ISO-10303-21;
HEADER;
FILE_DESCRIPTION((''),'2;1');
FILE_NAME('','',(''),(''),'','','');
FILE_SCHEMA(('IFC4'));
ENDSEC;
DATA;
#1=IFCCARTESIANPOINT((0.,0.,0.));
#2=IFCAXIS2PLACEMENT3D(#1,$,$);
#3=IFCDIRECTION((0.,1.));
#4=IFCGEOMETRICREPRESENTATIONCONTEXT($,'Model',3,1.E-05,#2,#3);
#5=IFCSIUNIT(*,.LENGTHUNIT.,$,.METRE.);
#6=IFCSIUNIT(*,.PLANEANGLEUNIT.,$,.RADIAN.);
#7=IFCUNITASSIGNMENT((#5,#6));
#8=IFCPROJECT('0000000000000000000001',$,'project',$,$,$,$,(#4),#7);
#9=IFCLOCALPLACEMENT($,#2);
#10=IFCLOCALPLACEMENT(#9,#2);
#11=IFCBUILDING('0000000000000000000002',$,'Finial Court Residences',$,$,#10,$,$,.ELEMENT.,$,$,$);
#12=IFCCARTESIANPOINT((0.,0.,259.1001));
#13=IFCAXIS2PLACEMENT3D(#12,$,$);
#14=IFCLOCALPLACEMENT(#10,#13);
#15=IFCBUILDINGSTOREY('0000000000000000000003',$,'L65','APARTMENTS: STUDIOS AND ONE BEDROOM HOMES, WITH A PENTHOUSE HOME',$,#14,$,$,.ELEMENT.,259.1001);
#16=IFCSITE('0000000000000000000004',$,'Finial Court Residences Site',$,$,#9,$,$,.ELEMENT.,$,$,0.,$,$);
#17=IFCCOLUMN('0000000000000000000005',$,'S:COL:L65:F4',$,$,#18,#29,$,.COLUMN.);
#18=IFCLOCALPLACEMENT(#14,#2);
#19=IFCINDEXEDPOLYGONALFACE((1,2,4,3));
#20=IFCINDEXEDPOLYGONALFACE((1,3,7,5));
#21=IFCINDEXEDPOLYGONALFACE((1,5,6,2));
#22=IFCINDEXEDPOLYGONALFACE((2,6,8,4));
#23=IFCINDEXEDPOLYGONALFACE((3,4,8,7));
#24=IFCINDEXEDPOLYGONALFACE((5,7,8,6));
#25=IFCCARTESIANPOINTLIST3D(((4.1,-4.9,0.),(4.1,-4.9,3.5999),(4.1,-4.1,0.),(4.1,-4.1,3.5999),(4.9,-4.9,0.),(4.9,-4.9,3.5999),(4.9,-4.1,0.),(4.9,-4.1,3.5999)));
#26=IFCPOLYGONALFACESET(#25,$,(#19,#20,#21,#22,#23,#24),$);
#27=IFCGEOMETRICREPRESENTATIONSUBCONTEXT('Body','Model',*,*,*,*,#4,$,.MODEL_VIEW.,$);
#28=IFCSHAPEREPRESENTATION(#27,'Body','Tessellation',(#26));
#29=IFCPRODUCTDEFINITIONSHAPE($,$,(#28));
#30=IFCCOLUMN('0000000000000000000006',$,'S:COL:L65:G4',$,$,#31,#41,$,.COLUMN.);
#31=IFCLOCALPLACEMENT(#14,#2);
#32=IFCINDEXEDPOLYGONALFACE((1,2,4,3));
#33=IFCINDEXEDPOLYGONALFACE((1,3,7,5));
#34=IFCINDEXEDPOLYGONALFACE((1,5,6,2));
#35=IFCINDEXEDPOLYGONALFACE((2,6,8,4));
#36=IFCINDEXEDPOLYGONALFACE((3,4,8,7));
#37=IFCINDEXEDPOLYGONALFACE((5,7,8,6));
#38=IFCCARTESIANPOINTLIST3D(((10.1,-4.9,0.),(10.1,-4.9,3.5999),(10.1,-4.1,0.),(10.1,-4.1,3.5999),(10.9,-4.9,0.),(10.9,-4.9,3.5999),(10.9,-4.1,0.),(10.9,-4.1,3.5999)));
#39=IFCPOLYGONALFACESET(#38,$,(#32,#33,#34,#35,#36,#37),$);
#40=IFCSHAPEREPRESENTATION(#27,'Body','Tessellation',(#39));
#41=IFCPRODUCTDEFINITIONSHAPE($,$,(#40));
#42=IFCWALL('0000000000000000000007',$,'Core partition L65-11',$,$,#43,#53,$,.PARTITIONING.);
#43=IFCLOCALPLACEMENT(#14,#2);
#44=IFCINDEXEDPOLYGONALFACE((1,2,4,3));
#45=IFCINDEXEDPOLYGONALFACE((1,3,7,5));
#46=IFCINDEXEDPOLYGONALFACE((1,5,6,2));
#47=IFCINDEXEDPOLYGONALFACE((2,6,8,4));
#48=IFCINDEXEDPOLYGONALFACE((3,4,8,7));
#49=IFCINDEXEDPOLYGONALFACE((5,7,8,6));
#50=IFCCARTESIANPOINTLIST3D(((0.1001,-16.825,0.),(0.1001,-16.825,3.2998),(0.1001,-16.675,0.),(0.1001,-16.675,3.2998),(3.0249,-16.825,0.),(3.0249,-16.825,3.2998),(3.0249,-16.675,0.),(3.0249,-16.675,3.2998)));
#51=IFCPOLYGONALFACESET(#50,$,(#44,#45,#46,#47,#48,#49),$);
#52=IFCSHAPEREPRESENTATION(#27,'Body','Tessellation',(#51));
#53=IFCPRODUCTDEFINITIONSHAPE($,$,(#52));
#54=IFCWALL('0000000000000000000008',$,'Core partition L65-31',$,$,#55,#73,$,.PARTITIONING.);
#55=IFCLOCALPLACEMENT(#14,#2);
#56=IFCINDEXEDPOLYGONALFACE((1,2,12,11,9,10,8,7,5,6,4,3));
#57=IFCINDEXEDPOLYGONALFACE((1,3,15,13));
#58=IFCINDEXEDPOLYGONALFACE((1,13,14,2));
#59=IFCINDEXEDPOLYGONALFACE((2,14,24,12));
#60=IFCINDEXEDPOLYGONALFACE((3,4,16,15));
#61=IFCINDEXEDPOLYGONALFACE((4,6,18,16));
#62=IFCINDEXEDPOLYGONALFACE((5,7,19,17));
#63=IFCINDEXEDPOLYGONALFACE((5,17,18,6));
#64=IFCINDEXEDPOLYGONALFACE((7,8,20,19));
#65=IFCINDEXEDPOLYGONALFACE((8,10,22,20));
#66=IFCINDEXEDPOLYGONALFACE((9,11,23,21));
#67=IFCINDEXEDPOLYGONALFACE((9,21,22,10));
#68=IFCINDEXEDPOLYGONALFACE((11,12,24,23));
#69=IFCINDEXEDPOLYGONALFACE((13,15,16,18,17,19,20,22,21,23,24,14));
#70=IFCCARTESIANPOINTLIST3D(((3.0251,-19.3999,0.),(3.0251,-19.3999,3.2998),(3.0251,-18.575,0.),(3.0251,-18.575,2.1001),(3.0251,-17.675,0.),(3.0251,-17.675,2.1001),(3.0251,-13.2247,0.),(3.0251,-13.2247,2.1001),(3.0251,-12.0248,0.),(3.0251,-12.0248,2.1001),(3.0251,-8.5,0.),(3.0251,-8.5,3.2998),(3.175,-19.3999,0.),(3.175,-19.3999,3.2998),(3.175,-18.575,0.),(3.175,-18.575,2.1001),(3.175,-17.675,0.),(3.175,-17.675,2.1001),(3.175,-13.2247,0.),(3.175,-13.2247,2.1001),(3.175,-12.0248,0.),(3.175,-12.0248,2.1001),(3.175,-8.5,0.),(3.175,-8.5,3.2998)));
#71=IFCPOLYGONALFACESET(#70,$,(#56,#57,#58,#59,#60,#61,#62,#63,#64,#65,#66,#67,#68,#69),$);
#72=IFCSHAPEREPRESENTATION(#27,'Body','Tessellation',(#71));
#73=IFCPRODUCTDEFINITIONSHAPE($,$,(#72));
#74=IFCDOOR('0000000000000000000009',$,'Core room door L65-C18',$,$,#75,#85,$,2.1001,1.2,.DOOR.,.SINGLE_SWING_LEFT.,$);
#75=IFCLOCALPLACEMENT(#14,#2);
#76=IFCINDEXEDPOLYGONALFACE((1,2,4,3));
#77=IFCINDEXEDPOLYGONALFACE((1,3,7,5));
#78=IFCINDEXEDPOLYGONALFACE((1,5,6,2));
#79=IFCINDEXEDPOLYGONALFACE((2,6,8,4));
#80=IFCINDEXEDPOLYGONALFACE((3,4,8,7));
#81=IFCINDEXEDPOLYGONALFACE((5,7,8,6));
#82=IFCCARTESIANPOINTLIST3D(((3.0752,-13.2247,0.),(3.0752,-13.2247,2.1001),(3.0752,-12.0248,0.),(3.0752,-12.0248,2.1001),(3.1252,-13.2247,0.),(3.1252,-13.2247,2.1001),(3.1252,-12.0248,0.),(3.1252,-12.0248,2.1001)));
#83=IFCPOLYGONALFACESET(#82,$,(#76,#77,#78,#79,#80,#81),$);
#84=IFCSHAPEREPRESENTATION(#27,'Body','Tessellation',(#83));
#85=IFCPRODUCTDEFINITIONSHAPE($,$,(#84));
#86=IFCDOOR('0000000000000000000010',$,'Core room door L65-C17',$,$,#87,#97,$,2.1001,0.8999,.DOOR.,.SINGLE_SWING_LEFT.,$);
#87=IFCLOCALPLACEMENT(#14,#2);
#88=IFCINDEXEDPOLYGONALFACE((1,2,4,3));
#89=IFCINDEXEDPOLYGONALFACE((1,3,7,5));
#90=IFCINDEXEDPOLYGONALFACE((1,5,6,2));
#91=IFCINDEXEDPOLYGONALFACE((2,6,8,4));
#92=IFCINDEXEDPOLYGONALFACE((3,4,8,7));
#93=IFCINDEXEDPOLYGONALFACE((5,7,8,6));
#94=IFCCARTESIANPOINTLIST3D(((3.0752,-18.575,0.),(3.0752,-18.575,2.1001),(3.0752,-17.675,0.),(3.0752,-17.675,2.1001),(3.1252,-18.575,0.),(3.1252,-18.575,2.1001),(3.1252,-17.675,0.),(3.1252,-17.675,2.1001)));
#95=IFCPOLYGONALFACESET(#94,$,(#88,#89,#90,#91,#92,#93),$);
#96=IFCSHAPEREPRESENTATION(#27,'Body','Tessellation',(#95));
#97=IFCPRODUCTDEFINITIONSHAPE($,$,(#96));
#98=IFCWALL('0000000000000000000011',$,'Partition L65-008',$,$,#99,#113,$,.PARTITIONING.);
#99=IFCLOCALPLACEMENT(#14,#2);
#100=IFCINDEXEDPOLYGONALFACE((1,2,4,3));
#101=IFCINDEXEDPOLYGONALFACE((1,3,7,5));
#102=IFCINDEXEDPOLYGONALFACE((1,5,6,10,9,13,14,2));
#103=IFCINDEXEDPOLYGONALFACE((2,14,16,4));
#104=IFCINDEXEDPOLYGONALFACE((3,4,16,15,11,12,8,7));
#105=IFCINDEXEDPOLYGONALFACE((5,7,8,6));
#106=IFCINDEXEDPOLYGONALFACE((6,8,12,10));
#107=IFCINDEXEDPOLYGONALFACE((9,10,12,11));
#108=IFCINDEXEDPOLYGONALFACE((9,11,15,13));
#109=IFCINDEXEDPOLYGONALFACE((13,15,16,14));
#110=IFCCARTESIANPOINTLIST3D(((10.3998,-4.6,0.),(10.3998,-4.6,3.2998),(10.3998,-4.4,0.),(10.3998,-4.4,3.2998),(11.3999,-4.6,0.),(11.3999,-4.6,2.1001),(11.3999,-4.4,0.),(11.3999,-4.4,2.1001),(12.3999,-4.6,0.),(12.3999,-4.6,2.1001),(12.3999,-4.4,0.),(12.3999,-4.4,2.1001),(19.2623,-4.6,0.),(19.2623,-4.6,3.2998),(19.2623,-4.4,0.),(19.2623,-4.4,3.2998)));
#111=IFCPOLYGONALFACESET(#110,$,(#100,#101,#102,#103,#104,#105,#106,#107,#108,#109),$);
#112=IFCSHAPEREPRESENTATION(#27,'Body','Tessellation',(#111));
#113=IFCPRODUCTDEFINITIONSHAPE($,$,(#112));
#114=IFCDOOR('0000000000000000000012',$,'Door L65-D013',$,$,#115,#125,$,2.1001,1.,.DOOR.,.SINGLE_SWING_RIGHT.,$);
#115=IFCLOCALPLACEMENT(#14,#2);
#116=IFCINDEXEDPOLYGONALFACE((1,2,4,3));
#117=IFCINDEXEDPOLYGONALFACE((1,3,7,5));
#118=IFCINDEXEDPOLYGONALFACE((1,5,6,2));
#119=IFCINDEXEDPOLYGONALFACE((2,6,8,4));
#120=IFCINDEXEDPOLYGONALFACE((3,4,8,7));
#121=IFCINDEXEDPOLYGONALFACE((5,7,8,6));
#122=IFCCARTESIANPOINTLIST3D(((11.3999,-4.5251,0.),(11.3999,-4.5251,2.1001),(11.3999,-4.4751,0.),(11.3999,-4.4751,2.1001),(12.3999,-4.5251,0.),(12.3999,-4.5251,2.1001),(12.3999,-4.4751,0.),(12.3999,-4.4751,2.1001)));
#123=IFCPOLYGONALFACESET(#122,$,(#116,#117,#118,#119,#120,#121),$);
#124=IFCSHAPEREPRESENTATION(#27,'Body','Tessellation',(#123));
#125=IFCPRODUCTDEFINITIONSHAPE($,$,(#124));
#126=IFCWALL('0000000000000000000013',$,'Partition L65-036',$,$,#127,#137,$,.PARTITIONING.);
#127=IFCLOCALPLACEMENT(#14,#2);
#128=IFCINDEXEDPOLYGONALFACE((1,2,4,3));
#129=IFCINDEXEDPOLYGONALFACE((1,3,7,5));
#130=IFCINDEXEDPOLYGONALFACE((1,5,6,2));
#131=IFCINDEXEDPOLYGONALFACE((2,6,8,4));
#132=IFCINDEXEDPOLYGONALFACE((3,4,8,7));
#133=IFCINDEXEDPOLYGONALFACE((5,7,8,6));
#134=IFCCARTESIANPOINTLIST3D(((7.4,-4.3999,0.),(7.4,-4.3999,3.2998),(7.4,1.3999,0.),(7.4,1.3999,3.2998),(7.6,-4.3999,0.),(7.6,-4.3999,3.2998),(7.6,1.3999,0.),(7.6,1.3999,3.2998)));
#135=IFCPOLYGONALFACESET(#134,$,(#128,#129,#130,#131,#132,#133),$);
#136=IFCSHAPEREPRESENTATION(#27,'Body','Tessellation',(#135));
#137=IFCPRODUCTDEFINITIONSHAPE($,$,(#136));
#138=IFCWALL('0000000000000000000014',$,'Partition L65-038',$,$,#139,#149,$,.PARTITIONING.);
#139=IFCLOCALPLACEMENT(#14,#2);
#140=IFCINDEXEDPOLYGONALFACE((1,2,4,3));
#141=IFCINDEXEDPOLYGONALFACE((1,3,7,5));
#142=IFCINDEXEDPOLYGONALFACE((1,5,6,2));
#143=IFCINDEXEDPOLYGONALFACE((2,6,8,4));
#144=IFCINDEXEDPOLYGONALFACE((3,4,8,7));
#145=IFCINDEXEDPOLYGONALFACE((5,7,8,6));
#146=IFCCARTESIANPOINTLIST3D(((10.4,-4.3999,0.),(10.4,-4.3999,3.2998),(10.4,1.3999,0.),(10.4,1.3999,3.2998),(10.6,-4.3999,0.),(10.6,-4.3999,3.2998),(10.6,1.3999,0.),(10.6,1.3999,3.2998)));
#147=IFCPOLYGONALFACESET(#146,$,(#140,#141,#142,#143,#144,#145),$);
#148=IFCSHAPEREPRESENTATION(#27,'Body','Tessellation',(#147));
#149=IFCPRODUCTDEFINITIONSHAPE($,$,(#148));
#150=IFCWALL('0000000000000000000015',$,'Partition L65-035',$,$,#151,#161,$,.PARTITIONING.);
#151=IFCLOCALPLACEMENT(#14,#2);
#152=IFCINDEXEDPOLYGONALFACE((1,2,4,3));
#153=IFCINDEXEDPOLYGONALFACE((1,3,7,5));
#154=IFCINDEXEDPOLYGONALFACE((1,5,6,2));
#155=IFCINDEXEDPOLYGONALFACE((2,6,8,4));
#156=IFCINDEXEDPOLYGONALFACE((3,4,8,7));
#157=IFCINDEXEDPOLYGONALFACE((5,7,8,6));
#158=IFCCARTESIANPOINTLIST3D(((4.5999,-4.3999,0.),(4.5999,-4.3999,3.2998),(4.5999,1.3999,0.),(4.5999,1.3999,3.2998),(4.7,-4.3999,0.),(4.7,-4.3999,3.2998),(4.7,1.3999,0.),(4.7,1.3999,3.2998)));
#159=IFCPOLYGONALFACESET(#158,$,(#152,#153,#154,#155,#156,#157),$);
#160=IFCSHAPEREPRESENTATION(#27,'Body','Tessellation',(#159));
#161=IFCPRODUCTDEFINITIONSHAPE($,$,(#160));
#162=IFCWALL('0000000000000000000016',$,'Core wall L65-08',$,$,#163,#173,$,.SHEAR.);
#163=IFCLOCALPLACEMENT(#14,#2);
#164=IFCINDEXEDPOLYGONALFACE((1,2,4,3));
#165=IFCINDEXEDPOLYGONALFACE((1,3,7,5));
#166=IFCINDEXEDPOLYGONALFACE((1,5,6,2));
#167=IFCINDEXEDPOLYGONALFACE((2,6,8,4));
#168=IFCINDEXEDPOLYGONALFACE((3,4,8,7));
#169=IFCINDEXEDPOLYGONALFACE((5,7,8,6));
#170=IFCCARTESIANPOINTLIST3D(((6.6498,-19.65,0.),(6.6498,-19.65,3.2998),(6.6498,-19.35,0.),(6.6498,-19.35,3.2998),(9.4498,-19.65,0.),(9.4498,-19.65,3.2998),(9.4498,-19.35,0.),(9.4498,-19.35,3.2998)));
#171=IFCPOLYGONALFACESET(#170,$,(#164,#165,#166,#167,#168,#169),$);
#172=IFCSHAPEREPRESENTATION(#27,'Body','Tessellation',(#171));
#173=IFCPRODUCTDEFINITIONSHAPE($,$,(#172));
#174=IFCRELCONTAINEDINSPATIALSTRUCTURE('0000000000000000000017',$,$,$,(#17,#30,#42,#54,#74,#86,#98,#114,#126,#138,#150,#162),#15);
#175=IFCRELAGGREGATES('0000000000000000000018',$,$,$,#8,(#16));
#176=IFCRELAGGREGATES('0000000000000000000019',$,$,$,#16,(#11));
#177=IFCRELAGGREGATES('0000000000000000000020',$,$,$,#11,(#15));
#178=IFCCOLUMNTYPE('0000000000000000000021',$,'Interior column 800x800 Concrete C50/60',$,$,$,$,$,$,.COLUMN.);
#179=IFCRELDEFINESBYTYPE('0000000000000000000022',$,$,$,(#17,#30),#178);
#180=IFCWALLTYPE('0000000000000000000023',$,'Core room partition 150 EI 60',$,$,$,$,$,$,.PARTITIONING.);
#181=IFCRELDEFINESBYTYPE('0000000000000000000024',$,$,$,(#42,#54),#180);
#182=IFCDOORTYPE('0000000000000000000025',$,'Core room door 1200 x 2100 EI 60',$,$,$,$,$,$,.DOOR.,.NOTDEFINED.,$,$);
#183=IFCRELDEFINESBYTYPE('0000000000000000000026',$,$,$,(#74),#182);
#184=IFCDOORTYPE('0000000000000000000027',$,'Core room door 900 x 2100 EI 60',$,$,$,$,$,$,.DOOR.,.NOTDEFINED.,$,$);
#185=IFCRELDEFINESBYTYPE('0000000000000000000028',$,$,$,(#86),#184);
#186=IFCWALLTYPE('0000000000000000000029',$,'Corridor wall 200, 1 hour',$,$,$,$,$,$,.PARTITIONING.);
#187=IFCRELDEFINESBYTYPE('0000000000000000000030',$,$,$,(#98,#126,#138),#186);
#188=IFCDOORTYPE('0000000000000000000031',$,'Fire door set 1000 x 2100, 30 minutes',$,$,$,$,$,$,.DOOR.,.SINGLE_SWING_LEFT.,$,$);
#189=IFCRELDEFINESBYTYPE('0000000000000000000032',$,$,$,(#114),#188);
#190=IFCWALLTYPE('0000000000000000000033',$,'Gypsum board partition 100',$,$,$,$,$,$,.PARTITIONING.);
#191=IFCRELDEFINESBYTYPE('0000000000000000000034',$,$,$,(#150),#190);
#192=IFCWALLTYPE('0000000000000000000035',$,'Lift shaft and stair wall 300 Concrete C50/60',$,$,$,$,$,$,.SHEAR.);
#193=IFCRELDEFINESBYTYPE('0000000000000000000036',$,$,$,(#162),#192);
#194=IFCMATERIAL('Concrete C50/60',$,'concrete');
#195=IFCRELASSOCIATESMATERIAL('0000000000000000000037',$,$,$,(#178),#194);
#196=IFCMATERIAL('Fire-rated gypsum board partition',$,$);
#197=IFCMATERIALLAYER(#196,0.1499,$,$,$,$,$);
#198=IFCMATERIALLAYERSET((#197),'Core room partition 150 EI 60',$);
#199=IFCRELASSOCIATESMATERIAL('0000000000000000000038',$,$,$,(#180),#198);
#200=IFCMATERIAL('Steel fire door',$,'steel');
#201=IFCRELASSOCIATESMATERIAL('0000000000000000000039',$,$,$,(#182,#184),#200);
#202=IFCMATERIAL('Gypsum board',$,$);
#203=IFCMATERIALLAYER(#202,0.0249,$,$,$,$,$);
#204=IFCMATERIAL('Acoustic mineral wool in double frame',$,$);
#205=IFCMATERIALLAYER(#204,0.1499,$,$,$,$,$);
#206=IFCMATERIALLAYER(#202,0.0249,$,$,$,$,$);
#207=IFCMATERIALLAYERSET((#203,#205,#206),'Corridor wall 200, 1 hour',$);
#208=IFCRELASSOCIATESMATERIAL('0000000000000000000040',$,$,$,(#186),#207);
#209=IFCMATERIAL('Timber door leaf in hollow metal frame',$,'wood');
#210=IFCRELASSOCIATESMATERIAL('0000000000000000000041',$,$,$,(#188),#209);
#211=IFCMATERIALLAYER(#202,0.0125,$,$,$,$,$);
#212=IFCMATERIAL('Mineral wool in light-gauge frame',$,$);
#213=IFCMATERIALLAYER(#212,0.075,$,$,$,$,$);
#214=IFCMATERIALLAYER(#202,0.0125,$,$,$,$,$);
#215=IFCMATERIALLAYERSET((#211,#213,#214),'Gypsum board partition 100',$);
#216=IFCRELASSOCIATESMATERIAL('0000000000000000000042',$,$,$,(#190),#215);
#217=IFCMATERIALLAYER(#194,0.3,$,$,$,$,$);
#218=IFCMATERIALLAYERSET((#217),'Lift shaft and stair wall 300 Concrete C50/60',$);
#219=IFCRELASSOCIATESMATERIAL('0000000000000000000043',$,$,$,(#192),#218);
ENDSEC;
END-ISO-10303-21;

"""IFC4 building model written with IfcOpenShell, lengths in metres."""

from ifc_helpers import new_model, si_unit, direction, frame, frame_2d, origin, origin_2d, place, context, subcontext, project, spatial, rectangle, extrude, material, layer, layer_set, material_profile, profile_set, type_object, element, fill, save


model = new_model("IFC4")

# Units and contexts
model_context = context("Model", 3, precision=1e-05, world=origin(), true_north=direction((0.0, 1.0)))
body_context = subcontext(model_context, "Body", "Model", "MODEL_VIEW")
ifc_project = project(units=[si_unit("LENGTHUNIT", "METRE"), si_unit("PLANEANGLEUNIT", "RADIAN")], contexts=[model_context])

# Site, building, storey
site_placement = place(None, origin())
site = spatial("IfcSite", under=ifc_project, at=site_placement, Name="Finial Court Residences Site", CompositionType="ELEMENT", RefElevation=0.0)
building_placement = place(site_placement, origin())
building = spatial("IfcBuilding", under=site, at=building_placement, Name="Finial Court Residences", CompositionType="ELEMENT")
storey_placement = place(building_placement, frame((0.0, 0.0, 259.1001)))
storey = spatial("IfcBuildingStorey", under=building, at=storey_placement, Name="L65", Description="APARTMENTS: STUDIOS AND ONE BEDROOM HOMES, WITH A PENTHOUSE HOME", CompositionType="ELEMENT", Elevation=259.1001)

# Columns
ifc_material_1 = material(Name="Concrete C50/60", Category="concrete")
ifc_material_profile = material_profile(ifc_material_1, rectangle(XDim=0.8, YDim=0.8, at=origin_2d()), Name="800x800")
ifc_profile_set = profile_set([ifc_material_profile], Name="Concrete C50/60")
column_type = type_object("IfcColumnType", Name="Interior column 800x800 Concrete C50/60", PredefinedType="COLUMN", material=ifc_profile_set)
for number, where, z_axis, x_axis, name in (
    (1, (4.5, -4.5, 0.0), (0.0, 0.0, 1.0), (1.0, 0.0, 0.0), "S:COL:L65:F4"),
    (2, (10.5, -4.5, 0.0), (0.0, 0.0, 1.0), (1.0, 0.0, 0.0), "S:COL:L65:G4"),
):
    element("IfcColumn", number, at=place(storey_placement, frame(where, z_axis=z_axis, x_axis=x_axis)), inside=storey, type_object=column_type, Name=name, PredefinedType="COLUMN", context=body_context, shape_type="SweptSolid", body=[
        extrude(rectangle(XDim=0.8, YDim=0.8, at=origin_2d()), origin(), (0.0, 0.0, 1.0), 3.5999),
    ])

# Wall
ifc_material_2 = material(Name="Fire-rated gypsum board partition")
ifc_layer_1 = layer(ifc_material_2, 0.1499)
ifc_layer_set_1 = layer_set([ifc_layer_1], Name="Core room partition 150 EI 60")
wall_type_1 = type_object("IfcWallType", Name="Core room partition 150 EI 60", PredefinedType="PARTITIONING", material=ifc_layer_set_1)
wall_1_placement = place(storey_placement, frame((0.1001, -16.75, 0.0), z_axis=(0.0, 0.0, 1.0), x_axis=(1.0, 0.0, 0.0)))
element("IfcWall", 3, at=wall_1_placement, inside=storey, type_object=wall_type_1, Name="Core partition L65-11", PredefinedType="PARTITIONING", context=body_context, shape_type="SweptSolid", body=[
    extrude(rectangle(XDim=2.9248, YDim=0.1499, at=frame_2d((1.4624, 0.0))), origin(), (0.0, 0.0, 1.0), 3.2998),
])

# Wall, openings, doors
wall_2_placement = place(storey_placement, frame((3.1001, -19.3999, 0.0), z_axis=(0.0, 0.0, 1.0), x_axis=(0.0, 1.0, 0.0)))
wall_2 = element("IfcWall", 4, at=wall_2_placement, inside=storey, type_object=wall_type_1, Name="Core partition L65-31", PredefinedType="PARTITIONING", context=body_context, shape_type="SweptSolid", body=[
    extrude(rectangle(XDim=10.8999, YDim=0.1499, at=frame_2d((5.45, 0.0))), origin(), (0.0, 0.0, 1.0), 3.2998),
])
opening_1_placement = place(wall_2_placement, frame((0.825, 0.0, 0.0)))
opening_1 = element("IfcOpeningElement", 5, at=opening_1_placement, cuts=wall_2, PredefinedType="OPENING", context=body_context, shape_type="SweptSolid", body=[
    extrude(rectangle(XDim=0.8999, YDim=2.1001, at=frame_2d((0.45, 1.05))), frame((0.0, 0.085, 0.0), z_axis=(0.0, -1.0, 0.0), x_axis=(1.0, 0.0, 0.0)), (0.0, 0.0, 1.0), 0.1699),
])
opening_2_placement = place(wall_2_placement, frame((6.175, 0.0, 0.0)))
opening_2 = element("IfcOpeningElement", 6, at=opening_2_placement, cuts=wall_2, PredefinedType="OPENING", context=body_context, shape_type="SweptSolid", body=[
    extrude(rectangle(XDim=1.2, YDim=2.1001, at=frame_2d((0.6001, 1.05))), frame((0.0, 0.085, 0.0), z_axis=(0.0, -1.0, 0.0), x_axis=(1.0, 0.0, 0.0)), (0.0, 0.0, 1.0), 0.1699),
])
ifc_material_3 = material(Name="Steel fire door", Category="steel")
door_type_1 = type_object("IfcDoorType", Name="Core room door 1200 x 2100 EI 60", OperationType="NOTDEFINED", PredefinedType="DOOR", material=ifc_material_3)
door_1_placement = place(opening_2_placement, origin())
door_1 = element("IfcDoor", 7, at=door_1_placement, inside=storey, type_object=door_type_1, Name="Core room door L65-C18", OperationType="SINGLE_SWING_LEFT", OverallHeight=2.1001, OverallWidth=1.2, PredefinedType="DOOR", context=body_context, shape_type="SweptSolid", body=[
    extrude(rectangle(XDim=1.2, YDim=2.1001, at=frame_2d((0.6001, 1.05))), frame((0.0, 0.0249, 0.0), z_axis=(0.0, -1.0, 0.0), x_axis=(1.0, 0.0, 0.0)), (0.0, 0.0, 1.0), 0.05),
])
fill(opening_2, door_1)
door_type_2 = type_object("IfcDoorType", Name="Core room door 900 x 2100 EI 60", OperationType="NOTDEFINED", PredefinedType="DOOR", material=ifc_material_3)
door_2_placement = place(opening_1_placement, origin())
door_2 = element("IfcDoor", 8, at=door_2_placement, inside=storey, type_object=door_type_2, Name="Core room door L65-C17", OperationType="SINGLE_SWING_LEFT", OverallHeight=2.1001, OverallWidth=0.8999, PredefinedType="DOOR", context=body_context, shape_type="SweptSolid", body=[
    extrude(rectangle(XDim=0.8999, YDim=2.1001, at=frame_2d((0.45, 1.05))), frame((0.0, 0.0249, 0.0), z_axis=(0.0, -1.0, 0.0), x_axis=(1.0, 0.0, 0.0)), (0.0, 0.0, 1.0), 0.05),
])
fill(opening_1, door_2)

# Wall, opening, door
ifc_material_4 = material(Name="Gypsum board")
ifc_layer_2 = layer(ifc_material_4, 0.0249)
ifc_material_5 = material(Name="Acoustic mineral wool in double frame")
ifc_layer_3 = layer(ifc_material_5, 0.1499)
ifc_layer_4 = layer(ifc_material_4, 0.0249)
ifc_layer_set_2 = layer_set([ifc_layer_2, ifc_layer_3, ifc_layer_4], Name="Corridor wall 200, 1 hour")
wall_type_2 = type_object("IfcWallType", Name="Corridor wall 200, 1 hour", PredefinedType="PARTITIONING", material=ifc_layer_set_2)
wall_3_placement = place(storey_placement, frame((10.3999, -4.5, 0.0), z_axis=(0.0, 0.0, 1.0), x_axis=(1.0, 0.0, 0.0)))
wall_3 = element("IfcWall", 9, at=wall_3_placement, inside=storey, type_object=wall_type_2, Name="Partition L65-008", PredefinedType="PARTITIONING", context=body_context, shape_type="SweptSolid", body=[
    extrude(rectangle(XDim=8.8625, YDim=0.2, at=frame_2d((4.4312, 0.0))), origin(), (0.0, 0.0, 1.0), 3.2998),
])
opening_3_placement = place(wall_3_placement, frame((1.0, 0.0, 0.0)))
opening_3 = element("IfcOpeningElement", 10, at=opening_3_placement, cuts=wall_3, PredefinedType="OPENING", context=body_context, shape_type="SweptSolid", body=[
    extrude(rectangle(XDim=1.0, YDim=2.1001, at=frame_2d((0.5, 1.05))), frame((0.0, 0.1099, 0.0), z_axis=(0.0, -1.0, 0.0), x_axis=(1.0, 0.0, 0.0)), (0.0, 0.0, 1.0), 0.22),
])
ifc_material_6 = material(Name="Timber door leaf in hollow metal frame", Category="wood")
door_type_3 = type_object("IfcDoorType", Name="Fire door set 1000 x 2100, 30 minutes", OperationType="SINGLE_SWING_LEFT", PredefinedType="DOOR", material=ifc_material_6)
door_3_placement = place(opening_3_placement, origin())
door_3 = element("IfcDoor", 11, at=door_3_placement, inside=storey, type_object=door_type_3, Name="Door L65-D013", OperationType="SINGLE_SWING_RIGHT", OverallHeight=2.1001, OverallWidth=1.0, PredefinedType="DOOR", context=body_context, shape_type="SweptSolid", body=[
    extrude(rectangle(XDim=1.0, YDim=2.1001, at=frame_2d((0.5, 1.05))), frame((0.0, 0.0249, 0.0), z_axis=(0.0, -1.0, 0.0), x_axis=(1.0, 0.0, 0.0)), (0.0, 0.0, 1.0), 0.05),
])
fill(opening_3, door_3)

# Walls
for number, where, z_axis, x_axis, name in (
    (12, (7.5, -4.3999, 0.0), (0.0, 0.0, 1.0), (0.0, 1.0, 0.0), "Partition L65-036"),
    (13, (10.5, -4.3999, 0.0), (0.0, 0.0, 1.0), (0.0, 1.0, 0.0), "Partition L65-038"),
):
    element("IfcWall", number, at=place(storey_placement, frame(where, z_axis=z_axis, x_axis=x_axis)), inside=storey, type_object=wall_type_2, Name=name, PredefinedType="PARTITIONING", context=body_context, shape_type="SweptSolid", body=[
        extrude(rectangle(XDim=5.7998, YDim=0.2, at=frame_2d((2.8999, 0.0))), origin(), (0.0, 0.0, 1.0), 3.2998),
    ])
ifc_layer_5 = layer(ifc_material_4, 0.0125)
ifc_material_7 = material(Name="Mineral wool in light-gauge frame")
ifc_layer_6 = layer(ifc_material_7, 0.075)
ifc_layer_7 = layer(ifc_material_4, 0.0125)
ifc_layer_set_3 = layer_set([ifc_layer_5, ifc_layer_6, ifc_layer_7], Name="Gypsum board partition 100")
wall_type_3 = type_object("IfcWallType", Name="Gypsum board partition 100", PredefinedType="PARTITIONING", material=ifc_layer_set_3)
wall_4_placement = place(storey_placement, frame((4.6499, -4.3999, 0.0), z_axis=(0.0, 0.0, 1.0), x_axis=(0.0, 1.0, 0.0)))
element("IfcWall", 14, at=wall_4_placement, inside=storey, type_object=wall_type_3, Name="Partition L65-035", PredefinedType="PARTITIONING", context=body_context, shape_type="SweptSolid", body=[
    extrude(rectangle(XDim=5.7998, YDim=0.1001, at=frame_2d((2.8999, 0.0))), origin(), (0.0, 0.0, 1.0), 3.2998),
])
ifc_layer_8 = layer(ifc_material_1, 0.3)
ifc_layer_set_4 = layer_set([ifc_layer_8], Name="Lift shaft and stair wall 300 Concrete C50/60")
wall_type_4 = type_object("IfcWallType", Name="Lift shaft and stair wall 300 Concrete C50/60", PredefinedType="SHEAR", material=ifc_layer_set_4)
wall_5_placement = place(storey_placement, frame((6.6499, -19.5, 0.0), z_axis=(0.0, 0.0, 1.0), x_axis=(1.0, 0.0, 0.0)))
element("IfcWall", 15, at=wall_5_placement, inside=storey, type_object=wall_type_4, Name="Core wall L65-08", PredefinedType="SHEAR", context=body_context, shape_type="SweptSolid", body=[
    extrude(rectangle(XDim=2.8, YDim=0.3, at=frame_2d((1.3999, 0.0))), origin(), (0.0, 0.0, 1.0), 3.2998),
])

save(model, "model.ifc")
